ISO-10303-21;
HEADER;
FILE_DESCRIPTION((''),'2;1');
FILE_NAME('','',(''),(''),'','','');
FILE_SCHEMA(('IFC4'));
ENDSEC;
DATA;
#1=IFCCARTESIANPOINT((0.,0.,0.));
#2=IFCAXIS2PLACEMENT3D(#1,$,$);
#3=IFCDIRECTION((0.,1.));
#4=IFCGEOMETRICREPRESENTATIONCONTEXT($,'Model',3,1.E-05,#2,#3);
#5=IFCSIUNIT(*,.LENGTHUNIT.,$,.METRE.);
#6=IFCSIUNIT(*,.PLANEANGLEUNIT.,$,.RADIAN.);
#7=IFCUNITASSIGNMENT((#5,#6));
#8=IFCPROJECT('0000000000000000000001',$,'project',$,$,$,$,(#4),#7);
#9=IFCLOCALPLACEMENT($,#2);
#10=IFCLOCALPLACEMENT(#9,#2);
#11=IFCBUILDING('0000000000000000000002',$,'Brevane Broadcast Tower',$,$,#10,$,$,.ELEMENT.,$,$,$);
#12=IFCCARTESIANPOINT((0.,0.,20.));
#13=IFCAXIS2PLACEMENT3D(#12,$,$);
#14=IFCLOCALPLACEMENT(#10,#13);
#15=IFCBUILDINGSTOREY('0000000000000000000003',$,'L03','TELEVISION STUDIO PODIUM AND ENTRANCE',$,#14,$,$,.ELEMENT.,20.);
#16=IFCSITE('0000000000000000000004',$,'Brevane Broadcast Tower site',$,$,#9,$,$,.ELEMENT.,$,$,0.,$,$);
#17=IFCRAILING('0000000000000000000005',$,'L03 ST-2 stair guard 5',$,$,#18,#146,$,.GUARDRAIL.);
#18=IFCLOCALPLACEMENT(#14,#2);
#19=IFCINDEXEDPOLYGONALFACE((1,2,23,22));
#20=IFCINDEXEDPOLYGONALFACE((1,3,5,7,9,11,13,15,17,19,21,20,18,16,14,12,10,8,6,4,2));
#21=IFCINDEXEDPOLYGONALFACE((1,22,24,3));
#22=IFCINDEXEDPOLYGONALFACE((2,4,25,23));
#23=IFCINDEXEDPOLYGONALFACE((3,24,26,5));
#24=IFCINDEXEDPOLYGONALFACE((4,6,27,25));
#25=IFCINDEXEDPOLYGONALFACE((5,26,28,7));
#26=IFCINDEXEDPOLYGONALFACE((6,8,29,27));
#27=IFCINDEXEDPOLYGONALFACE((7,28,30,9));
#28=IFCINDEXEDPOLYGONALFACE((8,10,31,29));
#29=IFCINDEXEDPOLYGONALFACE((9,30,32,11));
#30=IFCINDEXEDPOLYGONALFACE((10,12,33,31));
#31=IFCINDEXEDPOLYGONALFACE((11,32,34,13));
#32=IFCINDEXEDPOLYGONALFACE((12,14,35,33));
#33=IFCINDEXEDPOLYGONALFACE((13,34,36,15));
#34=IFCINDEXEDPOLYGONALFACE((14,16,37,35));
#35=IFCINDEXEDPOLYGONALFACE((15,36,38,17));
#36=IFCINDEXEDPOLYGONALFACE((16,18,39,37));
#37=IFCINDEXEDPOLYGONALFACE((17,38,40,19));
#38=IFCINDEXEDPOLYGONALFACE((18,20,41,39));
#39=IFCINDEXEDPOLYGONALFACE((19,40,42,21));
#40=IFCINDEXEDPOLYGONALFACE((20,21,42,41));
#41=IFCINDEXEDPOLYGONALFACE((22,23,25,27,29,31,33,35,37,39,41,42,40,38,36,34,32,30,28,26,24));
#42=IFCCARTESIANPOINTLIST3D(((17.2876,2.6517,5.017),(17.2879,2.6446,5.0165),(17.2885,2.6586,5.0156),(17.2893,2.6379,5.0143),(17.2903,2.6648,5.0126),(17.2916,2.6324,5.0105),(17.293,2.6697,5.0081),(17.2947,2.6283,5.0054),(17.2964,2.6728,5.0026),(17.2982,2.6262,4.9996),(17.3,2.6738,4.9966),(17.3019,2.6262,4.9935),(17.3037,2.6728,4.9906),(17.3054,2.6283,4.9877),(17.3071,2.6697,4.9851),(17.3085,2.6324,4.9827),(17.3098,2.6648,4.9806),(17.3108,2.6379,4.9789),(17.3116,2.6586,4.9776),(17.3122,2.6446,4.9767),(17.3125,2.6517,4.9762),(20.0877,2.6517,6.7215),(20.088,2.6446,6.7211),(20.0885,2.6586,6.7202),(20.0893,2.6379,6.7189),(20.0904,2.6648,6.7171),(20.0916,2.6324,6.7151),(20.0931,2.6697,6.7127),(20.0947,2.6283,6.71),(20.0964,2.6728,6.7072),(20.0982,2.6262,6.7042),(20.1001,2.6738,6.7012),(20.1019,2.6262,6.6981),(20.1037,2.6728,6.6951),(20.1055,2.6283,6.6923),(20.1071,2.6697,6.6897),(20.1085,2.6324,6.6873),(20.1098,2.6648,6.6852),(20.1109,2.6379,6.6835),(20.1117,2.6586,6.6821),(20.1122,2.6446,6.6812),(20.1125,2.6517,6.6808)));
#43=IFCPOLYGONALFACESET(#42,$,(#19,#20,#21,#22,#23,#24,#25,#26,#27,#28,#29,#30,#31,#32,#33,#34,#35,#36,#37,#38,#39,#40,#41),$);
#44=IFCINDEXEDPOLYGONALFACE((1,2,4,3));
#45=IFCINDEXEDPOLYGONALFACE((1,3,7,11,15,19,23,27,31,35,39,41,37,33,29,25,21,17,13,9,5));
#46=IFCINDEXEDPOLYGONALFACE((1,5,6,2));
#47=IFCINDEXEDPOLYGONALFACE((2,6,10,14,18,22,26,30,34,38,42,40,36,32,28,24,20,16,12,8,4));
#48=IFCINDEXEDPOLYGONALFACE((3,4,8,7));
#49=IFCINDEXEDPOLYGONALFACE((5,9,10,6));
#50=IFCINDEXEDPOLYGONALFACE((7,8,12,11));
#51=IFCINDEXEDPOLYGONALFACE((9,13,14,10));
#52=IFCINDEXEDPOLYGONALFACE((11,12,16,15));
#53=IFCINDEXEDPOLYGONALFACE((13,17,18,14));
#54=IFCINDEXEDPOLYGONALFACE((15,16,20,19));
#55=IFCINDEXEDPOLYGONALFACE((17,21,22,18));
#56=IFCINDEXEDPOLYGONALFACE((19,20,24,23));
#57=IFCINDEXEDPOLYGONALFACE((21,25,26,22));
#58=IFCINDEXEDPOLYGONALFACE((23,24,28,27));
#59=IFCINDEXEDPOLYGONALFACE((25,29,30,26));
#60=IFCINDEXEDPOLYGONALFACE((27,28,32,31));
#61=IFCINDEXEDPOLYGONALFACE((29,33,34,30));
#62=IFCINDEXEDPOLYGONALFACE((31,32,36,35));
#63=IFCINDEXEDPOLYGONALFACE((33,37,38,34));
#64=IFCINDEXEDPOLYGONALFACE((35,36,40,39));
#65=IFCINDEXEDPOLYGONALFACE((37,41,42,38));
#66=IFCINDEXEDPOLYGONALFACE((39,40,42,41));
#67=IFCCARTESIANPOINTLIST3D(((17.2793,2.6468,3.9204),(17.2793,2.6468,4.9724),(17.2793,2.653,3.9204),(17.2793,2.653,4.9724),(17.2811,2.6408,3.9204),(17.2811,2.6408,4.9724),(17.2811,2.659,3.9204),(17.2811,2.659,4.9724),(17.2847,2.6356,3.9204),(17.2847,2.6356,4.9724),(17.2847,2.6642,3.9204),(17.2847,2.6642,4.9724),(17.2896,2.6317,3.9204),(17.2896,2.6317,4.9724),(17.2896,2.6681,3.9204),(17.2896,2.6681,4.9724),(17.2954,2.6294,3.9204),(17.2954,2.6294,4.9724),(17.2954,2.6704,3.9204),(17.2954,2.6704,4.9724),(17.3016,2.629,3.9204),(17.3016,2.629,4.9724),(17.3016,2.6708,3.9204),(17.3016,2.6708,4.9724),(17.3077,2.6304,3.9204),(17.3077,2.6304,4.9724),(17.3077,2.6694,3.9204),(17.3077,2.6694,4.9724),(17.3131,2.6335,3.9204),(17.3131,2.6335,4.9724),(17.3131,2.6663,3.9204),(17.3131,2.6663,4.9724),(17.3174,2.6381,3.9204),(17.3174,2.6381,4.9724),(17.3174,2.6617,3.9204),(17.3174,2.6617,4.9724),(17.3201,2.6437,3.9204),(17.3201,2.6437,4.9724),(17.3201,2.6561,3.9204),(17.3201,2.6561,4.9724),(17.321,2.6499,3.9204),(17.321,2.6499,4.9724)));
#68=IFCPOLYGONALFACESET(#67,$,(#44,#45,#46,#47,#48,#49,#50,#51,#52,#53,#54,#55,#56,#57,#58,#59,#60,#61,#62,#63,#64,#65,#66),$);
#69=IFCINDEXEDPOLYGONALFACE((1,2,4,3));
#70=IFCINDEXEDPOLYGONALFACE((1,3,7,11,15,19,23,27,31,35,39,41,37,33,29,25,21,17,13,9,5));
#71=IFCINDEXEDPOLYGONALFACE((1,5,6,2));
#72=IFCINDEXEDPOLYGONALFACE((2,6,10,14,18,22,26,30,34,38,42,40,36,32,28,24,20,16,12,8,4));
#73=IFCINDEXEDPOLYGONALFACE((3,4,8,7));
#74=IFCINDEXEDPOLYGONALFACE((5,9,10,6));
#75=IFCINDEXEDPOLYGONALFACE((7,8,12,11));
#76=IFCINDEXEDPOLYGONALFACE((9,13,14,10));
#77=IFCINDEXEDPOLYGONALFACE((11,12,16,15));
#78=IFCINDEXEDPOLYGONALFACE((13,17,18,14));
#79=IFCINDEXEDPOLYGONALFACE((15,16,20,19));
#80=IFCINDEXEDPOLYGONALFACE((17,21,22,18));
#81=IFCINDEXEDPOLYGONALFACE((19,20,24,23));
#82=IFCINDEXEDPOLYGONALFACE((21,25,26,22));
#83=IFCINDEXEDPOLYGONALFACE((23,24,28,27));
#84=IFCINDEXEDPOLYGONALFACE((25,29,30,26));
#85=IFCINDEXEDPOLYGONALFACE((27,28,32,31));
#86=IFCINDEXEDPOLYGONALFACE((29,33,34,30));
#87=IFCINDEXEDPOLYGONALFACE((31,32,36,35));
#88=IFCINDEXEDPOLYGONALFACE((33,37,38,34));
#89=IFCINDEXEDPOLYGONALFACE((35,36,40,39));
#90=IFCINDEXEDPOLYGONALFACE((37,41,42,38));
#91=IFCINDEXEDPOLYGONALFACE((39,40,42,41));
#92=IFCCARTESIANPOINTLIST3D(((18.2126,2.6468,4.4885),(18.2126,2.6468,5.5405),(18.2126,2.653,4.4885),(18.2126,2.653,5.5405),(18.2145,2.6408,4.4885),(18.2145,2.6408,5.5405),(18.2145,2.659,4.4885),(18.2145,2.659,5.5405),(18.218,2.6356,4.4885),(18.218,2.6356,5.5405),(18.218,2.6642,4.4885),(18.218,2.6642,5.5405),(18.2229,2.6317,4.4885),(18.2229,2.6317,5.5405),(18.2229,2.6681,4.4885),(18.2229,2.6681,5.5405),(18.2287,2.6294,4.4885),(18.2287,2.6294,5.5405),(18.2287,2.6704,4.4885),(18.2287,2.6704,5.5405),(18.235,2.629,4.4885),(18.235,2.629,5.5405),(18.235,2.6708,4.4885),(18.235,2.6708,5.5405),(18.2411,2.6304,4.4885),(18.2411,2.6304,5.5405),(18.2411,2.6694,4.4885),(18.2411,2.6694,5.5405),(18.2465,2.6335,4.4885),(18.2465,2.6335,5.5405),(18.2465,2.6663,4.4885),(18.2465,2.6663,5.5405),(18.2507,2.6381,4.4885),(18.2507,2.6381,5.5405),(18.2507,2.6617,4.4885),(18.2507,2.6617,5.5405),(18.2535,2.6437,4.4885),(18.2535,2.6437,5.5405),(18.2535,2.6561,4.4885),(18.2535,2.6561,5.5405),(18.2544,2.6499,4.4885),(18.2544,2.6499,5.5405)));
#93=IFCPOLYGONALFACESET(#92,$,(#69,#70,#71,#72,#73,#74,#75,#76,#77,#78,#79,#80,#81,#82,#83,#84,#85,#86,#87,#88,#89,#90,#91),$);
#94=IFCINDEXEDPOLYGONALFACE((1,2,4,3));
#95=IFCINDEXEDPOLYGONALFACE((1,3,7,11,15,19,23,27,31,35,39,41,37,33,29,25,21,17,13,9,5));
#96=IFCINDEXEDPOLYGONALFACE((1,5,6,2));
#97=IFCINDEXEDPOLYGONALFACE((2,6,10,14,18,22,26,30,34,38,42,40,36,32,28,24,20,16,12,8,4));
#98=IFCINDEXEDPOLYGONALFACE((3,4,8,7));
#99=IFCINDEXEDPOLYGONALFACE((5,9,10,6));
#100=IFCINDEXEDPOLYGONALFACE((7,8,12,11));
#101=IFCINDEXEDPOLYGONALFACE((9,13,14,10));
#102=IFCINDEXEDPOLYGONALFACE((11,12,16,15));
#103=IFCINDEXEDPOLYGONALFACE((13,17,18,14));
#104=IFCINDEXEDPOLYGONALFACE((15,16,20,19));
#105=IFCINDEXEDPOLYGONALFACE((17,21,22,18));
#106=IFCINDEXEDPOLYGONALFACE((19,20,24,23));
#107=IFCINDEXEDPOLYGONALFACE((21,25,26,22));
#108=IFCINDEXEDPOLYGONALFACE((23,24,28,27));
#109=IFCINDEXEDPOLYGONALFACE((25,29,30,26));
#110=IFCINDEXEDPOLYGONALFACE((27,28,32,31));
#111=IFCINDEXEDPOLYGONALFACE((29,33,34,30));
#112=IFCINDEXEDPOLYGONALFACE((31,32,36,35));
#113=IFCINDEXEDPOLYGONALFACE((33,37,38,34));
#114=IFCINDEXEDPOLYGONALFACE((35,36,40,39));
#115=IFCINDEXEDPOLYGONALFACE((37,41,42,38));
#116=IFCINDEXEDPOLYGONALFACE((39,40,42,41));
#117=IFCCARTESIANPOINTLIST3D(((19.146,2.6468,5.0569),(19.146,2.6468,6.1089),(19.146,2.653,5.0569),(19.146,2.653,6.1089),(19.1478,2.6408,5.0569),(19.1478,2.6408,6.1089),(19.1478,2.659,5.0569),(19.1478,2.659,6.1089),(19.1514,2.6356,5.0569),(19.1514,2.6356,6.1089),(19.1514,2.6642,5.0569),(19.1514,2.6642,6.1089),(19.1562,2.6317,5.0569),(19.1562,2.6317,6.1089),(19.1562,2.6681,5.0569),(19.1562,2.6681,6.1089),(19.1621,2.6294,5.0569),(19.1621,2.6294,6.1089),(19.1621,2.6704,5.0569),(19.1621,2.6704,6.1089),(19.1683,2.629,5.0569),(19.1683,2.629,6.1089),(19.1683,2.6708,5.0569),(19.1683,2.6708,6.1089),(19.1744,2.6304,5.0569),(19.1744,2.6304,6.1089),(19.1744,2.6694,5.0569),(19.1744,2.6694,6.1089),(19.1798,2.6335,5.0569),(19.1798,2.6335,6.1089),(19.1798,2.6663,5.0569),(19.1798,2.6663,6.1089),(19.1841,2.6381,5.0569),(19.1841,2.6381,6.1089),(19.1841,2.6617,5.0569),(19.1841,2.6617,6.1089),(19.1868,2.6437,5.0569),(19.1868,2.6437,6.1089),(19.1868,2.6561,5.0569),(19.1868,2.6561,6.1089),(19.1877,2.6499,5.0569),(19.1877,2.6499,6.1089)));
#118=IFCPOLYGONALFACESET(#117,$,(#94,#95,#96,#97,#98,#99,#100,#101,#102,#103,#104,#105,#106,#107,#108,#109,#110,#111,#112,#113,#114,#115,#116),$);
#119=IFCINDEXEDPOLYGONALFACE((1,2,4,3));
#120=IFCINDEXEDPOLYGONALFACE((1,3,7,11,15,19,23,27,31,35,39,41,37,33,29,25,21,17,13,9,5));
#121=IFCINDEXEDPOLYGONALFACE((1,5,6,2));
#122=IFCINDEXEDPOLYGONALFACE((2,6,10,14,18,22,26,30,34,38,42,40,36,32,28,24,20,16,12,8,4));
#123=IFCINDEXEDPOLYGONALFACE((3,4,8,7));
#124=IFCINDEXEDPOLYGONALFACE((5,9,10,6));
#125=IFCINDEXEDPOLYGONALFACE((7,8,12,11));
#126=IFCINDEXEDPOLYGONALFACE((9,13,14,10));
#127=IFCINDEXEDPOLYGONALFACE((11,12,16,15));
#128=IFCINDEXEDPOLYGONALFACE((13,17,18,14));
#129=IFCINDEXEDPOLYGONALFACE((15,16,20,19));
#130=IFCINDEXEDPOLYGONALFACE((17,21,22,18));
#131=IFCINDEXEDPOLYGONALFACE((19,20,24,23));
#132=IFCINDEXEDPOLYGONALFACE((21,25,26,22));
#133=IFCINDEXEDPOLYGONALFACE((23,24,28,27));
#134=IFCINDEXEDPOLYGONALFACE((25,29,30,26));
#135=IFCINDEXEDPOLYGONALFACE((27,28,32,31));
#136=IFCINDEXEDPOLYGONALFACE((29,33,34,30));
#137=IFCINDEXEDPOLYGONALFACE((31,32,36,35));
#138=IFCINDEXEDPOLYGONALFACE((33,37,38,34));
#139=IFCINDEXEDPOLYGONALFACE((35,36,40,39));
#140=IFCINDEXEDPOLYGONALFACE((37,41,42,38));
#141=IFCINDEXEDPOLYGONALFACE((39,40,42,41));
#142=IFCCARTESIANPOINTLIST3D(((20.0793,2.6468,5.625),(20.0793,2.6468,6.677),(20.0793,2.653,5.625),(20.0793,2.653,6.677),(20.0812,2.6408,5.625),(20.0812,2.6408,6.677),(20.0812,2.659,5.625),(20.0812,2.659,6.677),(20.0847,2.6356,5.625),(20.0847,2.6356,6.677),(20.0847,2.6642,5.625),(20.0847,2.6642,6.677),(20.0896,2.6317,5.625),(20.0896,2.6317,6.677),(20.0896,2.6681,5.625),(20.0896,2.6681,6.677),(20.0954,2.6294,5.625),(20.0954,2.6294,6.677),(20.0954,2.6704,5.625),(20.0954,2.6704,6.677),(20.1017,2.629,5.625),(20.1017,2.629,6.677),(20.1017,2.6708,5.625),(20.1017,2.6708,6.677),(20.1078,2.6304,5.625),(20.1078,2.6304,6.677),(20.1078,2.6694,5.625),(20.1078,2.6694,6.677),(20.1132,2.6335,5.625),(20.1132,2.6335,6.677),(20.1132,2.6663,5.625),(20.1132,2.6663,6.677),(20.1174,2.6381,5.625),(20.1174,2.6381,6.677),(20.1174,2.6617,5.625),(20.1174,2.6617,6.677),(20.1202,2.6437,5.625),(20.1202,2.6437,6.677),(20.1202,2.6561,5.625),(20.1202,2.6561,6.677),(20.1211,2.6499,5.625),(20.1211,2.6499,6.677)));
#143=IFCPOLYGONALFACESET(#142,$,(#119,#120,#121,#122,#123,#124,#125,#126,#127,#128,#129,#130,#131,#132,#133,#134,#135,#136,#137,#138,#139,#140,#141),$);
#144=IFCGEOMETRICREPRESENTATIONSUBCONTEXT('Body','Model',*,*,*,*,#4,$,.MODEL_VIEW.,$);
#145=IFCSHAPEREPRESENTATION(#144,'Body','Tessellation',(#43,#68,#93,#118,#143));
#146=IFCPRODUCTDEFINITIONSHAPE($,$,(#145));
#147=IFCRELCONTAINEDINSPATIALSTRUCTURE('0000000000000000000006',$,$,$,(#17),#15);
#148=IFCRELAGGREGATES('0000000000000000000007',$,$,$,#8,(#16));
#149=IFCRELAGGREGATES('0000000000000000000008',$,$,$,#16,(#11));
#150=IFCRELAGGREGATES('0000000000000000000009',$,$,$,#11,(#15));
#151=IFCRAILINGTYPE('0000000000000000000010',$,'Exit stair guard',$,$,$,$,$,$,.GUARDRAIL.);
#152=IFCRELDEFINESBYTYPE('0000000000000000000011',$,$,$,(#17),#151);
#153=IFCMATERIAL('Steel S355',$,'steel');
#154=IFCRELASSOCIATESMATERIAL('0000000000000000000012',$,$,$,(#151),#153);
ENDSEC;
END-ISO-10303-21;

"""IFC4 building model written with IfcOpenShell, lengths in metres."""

from ifc_helpers import new_model, si_unit, direction, frame, origin, origin_2d, place, context, subcontext, project, spatial, circle, extrude, material, type_object, element, save


model = new_model("IFC4")

# Units and contexts
model_context = context("Model", 3, precision=1e-05, world=origin(), true_north=direction((0.0, 1.0)))
body_context = subcontext(model_context, "Body", "Model", "MODEL_VIEW")
ifc_project = project(units=[si_unit("LENGTHUNIT", "METRE"), si_unit("PLANEANGLEUNIT", "RADIAN")], contexts=[model_context])

# Site, building, storey
site_placement = place(None, origin())
site = spatial("IfcSite", under=ifc_project, at=site_placement, Name="Brevane Broadcast Tower site", CompositionType="ELEMENT", RefElevation=0.0)
building_placement = place(site_placement, origin())
building = spatial("IfcBuilding", under=site, at=building_placement, Name="Brevane Broadcast Tower", CompositionType="ELEMENT")
storey_placement = place(building_placement, frame((0.0, 0.0, 20.0)))
storey = spatial("IfcBuildingStorey", under=building, at=storey_placement, Name="L03", Description="TELEVISION STUDIO PODIUM AND ENTRANCE", CompositionType="ELEMENT", Elevation=20.0)

# Railing
ifc_material_1 = material(Name="Steel S355", Category="steel")
railing_type_1 = type_object("IfcRailingType", Name="Exit stair guard", PredefinedType="GUARDRAIL", material=ifc_material_1)
railing_1_placement = place(storey_placement, frame((17.3, 2.6499, 3.9204)))
element("IfcRailing", 1, at=railing_1_placement, inside=storey, type_object=railing_type_1, Name="L03 ST-2 stair guard 5", PredefinedType="GUARDRAIL", context=body_context, shape_type="SweptSolid", body=[
    extrude(circle(Radius=0.0239, at=origin_2d()), frame((0.0, 0.0, 1.0762), z_axis=(0.85417, 0.0, 0.519994), x_axis=(0.0, 1.0, 0.0)), (0.0, 0.0, 1.0), 3.2781),
    extrude(circle(Radius=0.021, at=origin_2d()), origin(), (0.0, 0.0, 1.0), 1.052),
    extrude(circle(Radius=0.021, at=origin_2d()), frame((0.9333, 0.0, 0.5681)), (0.0, 0.0, 1.0), 1.052),
    extrude(circle(Radius=0.021, at=origin_2d()), frame((1.8667, 0.0, 1.1365)), (0.0, 0.0, 1.0), 1.052),
    extrude(circle(Radius=0.021, at=origin_2d()), frame((2.8, 0.0, 1.7046)), (0.0, 0.0, 1.0), 1.052),
])

save(model, "model.ifc")
